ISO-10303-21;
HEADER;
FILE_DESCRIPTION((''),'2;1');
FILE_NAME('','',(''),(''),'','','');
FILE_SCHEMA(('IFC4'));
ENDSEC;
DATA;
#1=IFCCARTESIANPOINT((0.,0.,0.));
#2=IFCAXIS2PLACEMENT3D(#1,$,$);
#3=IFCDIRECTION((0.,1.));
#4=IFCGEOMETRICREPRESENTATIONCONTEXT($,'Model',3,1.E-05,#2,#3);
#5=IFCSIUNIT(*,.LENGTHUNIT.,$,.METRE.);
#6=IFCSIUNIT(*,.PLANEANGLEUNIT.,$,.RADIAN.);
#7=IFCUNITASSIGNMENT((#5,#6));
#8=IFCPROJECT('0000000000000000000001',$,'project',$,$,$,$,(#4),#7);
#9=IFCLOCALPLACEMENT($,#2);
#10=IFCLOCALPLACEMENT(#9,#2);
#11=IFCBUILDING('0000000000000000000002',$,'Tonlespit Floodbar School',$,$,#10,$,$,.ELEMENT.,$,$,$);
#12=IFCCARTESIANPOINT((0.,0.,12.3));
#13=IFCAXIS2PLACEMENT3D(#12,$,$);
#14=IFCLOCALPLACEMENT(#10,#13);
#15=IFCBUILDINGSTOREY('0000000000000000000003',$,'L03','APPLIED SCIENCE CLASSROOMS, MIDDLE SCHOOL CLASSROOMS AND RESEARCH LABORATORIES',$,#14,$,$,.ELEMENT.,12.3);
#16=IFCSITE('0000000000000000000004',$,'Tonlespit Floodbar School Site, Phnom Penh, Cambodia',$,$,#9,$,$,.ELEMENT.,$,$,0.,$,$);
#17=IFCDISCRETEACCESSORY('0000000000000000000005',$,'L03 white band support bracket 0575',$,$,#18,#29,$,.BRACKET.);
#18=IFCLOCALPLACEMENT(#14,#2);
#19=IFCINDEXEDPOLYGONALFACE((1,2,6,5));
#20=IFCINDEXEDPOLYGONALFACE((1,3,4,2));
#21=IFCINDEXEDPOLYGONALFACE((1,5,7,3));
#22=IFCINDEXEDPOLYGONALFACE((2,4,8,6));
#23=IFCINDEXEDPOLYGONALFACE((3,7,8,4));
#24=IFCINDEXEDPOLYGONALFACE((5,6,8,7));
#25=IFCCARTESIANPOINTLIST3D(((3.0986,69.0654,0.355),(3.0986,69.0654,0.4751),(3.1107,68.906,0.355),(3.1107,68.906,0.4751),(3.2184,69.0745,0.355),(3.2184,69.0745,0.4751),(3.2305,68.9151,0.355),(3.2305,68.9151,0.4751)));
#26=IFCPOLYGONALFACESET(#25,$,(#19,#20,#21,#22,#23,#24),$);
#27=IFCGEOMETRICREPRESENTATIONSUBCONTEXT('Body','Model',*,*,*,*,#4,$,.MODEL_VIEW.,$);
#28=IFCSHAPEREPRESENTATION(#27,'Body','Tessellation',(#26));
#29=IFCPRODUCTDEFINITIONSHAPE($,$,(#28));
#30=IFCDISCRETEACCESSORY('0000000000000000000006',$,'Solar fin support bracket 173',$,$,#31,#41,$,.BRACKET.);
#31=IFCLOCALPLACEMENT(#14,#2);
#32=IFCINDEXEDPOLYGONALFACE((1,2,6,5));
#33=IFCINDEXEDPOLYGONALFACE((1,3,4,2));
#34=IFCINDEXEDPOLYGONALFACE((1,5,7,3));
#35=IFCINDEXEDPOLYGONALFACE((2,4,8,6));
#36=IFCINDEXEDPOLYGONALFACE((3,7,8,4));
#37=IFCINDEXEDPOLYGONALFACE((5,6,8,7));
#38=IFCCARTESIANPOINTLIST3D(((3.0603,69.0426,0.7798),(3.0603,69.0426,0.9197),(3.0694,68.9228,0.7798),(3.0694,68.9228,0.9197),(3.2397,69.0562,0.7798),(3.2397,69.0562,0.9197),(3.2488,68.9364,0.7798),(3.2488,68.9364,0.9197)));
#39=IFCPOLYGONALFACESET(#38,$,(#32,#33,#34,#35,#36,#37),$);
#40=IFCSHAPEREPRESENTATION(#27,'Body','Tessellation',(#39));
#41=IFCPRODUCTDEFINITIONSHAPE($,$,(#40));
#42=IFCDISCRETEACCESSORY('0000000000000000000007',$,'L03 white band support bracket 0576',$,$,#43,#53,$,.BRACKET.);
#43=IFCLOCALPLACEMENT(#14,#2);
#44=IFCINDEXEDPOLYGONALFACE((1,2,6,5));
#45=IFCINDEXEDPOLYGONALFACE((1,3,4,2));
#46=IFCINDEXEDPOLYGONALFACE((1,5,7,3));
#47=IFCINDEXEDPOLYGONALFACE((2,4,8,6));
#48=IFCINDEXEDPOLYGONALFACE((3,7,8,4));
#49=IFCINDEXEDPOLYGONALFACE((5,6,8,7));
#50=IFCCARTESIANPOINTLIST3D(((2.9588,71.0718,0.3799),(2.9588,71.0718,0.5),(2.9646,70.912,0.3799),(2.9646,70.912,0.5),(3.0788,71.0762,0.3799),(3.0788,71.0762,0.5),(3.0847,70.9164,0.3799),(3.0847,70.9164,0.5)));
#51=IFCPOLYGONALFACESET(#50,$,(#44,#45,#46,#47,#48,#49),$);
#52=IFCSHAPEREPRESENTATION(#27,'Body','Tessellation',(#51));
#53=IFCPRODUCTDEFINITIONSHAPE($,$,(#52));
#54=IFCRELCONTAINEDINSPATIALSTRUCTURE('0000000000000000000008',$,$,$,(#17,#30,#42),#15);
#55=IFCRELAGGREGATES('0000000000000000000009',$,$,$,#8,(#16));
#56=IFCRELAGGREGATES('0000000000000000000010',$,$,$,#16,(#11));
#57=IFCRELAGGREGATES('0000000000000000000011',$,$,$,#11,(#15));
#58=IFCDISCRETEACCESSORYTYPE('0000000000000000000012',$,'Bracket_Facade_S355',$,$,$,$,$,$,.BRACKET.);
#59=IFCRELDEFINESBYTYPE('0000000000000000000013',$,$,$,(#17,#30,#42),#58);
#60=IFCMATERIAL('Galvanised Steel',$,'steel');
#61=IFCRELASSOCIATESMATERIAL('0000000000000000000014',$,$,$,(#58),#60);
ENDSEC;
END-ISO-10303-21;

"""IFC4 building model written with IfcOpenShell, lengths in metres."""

from ifc_helpers import new_model, si_unit, direction, frame, origin, origin_2d, place, context, subcontext, project, spatial, rectangle, extrude, material, type_object, element, save


model = new_model("IFC4")

# Units and contexts
model_context = context("Model", 3, precision=1e-05, world=origin(), true_north=direction((0.0, 1.0)))
body_context = subcontext(model_context, "Body", "Model", "MODEL_VIEW")
ifc_project = project(units=[si_unit("LENGTHUNIT", "METRE"), si_unit("PLANEANGLEUNIT", "RADIAN")], contexts=[model_context])

# Site, building, storey
site_placement = place(None, origin())
site = spatial("IfcSite", under=ifc_project, at=site_placement, Name="Tonlespit Floodbar School Site, Phnom Penh, Cambodia", CompositionType="ELEMENT", RefElevation=0.0)
building_placement = place(site_placement, origin())
building = spatial("IfcBuilding", under=site, at=building_placement, Name="Tonlespit Floodbar School", CompositionType="ELEMENT")
storey_placement = place(building_placement, frame((0.0, 0.0, 12.3)))
storey = spatial("IfcBuildingStorey", under=building, at=storey_placement, Name="L03", Description="APPLIED SCIENCE CLASSROOMS, MIDDLE SCHOOL CLASSROOMS AND RESEARCH LABORATORIES", CompositionType="ELEMENT", Elevation=12.3)

# Discrete accessories
ifc_material_1 = material(Name="Galvanised Steel", Category="steel")
discrete_accessory_type = type_object("IfcDiscreteAccessoryType", Name="Bracket_Facade_S355", PredefinedType="BRACKET", material=ifc_material_1)
for number, where, z_axis, x_axis, name in (
    (1, (3.1646, 68.9902, 0.355), (0.0, 0.0, 1.0), (-0.075682, 0.997132, 0.0), "L03 white band support bracket 0575"),
):
    element("IfcDiscreteAccessory", number, at=place(storey_placement, frame(where, z_axis=z_axis, x_axis=x_axis)), inside=storey, type_object=discrete_accessory_type, Name=name, PredefinedType="BRACKET", context=body_context, shape_type="SweptSolid", body=[
        extrude(rectangle(XDim=0.1599, YDim=0.1201, at=origin_2d()), origin(), (0.0, 0.0, 1.0), 0.1201),
    ])
discrete_accessory_1_placement = place(storey_placement, frame((3.1545, 68.9895, 0.7798), z_axis=(0.0, 0.0, 1.0), x_axis=(-0.075682, 0.997132, 0.0)))
element("IfcDiscreteAccessory", 2, at=discrete_accessory_1_placement, inside=storey, type_object=discrete_accessory_type, Name="Solar fin support bracket 173", PredefinedType="BRACKET", context=body_context, shape_type="SweptSolid", body=[
    extrude(rectangle(XDim=0.1201, YDim=0.1799, at=origin_2d()), origin(), (0.0, 0.0, 1.0), 0.1399),
])
discrete_accessory_2_placement = place(storey_placement, frame((3.0217, 70.9941, 0.3799), z_axis=(0.0, 0.0, 1.0), x_axis=(-0.036576, 0.999331, 0.0)))
element("IfcDiscreteAccessory", 3, at=discrete_accessory_2_placement, inside=storey, type_object=discrete_accessory_type, Name="L03 white band support bracket 0576", PredefinedType="BRACKET", context=body_context, shape_type="SweptSolid", body=[
    extrude(rectangle(XDim=0.1599, YDim=0.1201, at=origin_2d()), origin(), (0.0, 0.0, 1.0), 0.1201),
])

save(model, "model.ifc")
